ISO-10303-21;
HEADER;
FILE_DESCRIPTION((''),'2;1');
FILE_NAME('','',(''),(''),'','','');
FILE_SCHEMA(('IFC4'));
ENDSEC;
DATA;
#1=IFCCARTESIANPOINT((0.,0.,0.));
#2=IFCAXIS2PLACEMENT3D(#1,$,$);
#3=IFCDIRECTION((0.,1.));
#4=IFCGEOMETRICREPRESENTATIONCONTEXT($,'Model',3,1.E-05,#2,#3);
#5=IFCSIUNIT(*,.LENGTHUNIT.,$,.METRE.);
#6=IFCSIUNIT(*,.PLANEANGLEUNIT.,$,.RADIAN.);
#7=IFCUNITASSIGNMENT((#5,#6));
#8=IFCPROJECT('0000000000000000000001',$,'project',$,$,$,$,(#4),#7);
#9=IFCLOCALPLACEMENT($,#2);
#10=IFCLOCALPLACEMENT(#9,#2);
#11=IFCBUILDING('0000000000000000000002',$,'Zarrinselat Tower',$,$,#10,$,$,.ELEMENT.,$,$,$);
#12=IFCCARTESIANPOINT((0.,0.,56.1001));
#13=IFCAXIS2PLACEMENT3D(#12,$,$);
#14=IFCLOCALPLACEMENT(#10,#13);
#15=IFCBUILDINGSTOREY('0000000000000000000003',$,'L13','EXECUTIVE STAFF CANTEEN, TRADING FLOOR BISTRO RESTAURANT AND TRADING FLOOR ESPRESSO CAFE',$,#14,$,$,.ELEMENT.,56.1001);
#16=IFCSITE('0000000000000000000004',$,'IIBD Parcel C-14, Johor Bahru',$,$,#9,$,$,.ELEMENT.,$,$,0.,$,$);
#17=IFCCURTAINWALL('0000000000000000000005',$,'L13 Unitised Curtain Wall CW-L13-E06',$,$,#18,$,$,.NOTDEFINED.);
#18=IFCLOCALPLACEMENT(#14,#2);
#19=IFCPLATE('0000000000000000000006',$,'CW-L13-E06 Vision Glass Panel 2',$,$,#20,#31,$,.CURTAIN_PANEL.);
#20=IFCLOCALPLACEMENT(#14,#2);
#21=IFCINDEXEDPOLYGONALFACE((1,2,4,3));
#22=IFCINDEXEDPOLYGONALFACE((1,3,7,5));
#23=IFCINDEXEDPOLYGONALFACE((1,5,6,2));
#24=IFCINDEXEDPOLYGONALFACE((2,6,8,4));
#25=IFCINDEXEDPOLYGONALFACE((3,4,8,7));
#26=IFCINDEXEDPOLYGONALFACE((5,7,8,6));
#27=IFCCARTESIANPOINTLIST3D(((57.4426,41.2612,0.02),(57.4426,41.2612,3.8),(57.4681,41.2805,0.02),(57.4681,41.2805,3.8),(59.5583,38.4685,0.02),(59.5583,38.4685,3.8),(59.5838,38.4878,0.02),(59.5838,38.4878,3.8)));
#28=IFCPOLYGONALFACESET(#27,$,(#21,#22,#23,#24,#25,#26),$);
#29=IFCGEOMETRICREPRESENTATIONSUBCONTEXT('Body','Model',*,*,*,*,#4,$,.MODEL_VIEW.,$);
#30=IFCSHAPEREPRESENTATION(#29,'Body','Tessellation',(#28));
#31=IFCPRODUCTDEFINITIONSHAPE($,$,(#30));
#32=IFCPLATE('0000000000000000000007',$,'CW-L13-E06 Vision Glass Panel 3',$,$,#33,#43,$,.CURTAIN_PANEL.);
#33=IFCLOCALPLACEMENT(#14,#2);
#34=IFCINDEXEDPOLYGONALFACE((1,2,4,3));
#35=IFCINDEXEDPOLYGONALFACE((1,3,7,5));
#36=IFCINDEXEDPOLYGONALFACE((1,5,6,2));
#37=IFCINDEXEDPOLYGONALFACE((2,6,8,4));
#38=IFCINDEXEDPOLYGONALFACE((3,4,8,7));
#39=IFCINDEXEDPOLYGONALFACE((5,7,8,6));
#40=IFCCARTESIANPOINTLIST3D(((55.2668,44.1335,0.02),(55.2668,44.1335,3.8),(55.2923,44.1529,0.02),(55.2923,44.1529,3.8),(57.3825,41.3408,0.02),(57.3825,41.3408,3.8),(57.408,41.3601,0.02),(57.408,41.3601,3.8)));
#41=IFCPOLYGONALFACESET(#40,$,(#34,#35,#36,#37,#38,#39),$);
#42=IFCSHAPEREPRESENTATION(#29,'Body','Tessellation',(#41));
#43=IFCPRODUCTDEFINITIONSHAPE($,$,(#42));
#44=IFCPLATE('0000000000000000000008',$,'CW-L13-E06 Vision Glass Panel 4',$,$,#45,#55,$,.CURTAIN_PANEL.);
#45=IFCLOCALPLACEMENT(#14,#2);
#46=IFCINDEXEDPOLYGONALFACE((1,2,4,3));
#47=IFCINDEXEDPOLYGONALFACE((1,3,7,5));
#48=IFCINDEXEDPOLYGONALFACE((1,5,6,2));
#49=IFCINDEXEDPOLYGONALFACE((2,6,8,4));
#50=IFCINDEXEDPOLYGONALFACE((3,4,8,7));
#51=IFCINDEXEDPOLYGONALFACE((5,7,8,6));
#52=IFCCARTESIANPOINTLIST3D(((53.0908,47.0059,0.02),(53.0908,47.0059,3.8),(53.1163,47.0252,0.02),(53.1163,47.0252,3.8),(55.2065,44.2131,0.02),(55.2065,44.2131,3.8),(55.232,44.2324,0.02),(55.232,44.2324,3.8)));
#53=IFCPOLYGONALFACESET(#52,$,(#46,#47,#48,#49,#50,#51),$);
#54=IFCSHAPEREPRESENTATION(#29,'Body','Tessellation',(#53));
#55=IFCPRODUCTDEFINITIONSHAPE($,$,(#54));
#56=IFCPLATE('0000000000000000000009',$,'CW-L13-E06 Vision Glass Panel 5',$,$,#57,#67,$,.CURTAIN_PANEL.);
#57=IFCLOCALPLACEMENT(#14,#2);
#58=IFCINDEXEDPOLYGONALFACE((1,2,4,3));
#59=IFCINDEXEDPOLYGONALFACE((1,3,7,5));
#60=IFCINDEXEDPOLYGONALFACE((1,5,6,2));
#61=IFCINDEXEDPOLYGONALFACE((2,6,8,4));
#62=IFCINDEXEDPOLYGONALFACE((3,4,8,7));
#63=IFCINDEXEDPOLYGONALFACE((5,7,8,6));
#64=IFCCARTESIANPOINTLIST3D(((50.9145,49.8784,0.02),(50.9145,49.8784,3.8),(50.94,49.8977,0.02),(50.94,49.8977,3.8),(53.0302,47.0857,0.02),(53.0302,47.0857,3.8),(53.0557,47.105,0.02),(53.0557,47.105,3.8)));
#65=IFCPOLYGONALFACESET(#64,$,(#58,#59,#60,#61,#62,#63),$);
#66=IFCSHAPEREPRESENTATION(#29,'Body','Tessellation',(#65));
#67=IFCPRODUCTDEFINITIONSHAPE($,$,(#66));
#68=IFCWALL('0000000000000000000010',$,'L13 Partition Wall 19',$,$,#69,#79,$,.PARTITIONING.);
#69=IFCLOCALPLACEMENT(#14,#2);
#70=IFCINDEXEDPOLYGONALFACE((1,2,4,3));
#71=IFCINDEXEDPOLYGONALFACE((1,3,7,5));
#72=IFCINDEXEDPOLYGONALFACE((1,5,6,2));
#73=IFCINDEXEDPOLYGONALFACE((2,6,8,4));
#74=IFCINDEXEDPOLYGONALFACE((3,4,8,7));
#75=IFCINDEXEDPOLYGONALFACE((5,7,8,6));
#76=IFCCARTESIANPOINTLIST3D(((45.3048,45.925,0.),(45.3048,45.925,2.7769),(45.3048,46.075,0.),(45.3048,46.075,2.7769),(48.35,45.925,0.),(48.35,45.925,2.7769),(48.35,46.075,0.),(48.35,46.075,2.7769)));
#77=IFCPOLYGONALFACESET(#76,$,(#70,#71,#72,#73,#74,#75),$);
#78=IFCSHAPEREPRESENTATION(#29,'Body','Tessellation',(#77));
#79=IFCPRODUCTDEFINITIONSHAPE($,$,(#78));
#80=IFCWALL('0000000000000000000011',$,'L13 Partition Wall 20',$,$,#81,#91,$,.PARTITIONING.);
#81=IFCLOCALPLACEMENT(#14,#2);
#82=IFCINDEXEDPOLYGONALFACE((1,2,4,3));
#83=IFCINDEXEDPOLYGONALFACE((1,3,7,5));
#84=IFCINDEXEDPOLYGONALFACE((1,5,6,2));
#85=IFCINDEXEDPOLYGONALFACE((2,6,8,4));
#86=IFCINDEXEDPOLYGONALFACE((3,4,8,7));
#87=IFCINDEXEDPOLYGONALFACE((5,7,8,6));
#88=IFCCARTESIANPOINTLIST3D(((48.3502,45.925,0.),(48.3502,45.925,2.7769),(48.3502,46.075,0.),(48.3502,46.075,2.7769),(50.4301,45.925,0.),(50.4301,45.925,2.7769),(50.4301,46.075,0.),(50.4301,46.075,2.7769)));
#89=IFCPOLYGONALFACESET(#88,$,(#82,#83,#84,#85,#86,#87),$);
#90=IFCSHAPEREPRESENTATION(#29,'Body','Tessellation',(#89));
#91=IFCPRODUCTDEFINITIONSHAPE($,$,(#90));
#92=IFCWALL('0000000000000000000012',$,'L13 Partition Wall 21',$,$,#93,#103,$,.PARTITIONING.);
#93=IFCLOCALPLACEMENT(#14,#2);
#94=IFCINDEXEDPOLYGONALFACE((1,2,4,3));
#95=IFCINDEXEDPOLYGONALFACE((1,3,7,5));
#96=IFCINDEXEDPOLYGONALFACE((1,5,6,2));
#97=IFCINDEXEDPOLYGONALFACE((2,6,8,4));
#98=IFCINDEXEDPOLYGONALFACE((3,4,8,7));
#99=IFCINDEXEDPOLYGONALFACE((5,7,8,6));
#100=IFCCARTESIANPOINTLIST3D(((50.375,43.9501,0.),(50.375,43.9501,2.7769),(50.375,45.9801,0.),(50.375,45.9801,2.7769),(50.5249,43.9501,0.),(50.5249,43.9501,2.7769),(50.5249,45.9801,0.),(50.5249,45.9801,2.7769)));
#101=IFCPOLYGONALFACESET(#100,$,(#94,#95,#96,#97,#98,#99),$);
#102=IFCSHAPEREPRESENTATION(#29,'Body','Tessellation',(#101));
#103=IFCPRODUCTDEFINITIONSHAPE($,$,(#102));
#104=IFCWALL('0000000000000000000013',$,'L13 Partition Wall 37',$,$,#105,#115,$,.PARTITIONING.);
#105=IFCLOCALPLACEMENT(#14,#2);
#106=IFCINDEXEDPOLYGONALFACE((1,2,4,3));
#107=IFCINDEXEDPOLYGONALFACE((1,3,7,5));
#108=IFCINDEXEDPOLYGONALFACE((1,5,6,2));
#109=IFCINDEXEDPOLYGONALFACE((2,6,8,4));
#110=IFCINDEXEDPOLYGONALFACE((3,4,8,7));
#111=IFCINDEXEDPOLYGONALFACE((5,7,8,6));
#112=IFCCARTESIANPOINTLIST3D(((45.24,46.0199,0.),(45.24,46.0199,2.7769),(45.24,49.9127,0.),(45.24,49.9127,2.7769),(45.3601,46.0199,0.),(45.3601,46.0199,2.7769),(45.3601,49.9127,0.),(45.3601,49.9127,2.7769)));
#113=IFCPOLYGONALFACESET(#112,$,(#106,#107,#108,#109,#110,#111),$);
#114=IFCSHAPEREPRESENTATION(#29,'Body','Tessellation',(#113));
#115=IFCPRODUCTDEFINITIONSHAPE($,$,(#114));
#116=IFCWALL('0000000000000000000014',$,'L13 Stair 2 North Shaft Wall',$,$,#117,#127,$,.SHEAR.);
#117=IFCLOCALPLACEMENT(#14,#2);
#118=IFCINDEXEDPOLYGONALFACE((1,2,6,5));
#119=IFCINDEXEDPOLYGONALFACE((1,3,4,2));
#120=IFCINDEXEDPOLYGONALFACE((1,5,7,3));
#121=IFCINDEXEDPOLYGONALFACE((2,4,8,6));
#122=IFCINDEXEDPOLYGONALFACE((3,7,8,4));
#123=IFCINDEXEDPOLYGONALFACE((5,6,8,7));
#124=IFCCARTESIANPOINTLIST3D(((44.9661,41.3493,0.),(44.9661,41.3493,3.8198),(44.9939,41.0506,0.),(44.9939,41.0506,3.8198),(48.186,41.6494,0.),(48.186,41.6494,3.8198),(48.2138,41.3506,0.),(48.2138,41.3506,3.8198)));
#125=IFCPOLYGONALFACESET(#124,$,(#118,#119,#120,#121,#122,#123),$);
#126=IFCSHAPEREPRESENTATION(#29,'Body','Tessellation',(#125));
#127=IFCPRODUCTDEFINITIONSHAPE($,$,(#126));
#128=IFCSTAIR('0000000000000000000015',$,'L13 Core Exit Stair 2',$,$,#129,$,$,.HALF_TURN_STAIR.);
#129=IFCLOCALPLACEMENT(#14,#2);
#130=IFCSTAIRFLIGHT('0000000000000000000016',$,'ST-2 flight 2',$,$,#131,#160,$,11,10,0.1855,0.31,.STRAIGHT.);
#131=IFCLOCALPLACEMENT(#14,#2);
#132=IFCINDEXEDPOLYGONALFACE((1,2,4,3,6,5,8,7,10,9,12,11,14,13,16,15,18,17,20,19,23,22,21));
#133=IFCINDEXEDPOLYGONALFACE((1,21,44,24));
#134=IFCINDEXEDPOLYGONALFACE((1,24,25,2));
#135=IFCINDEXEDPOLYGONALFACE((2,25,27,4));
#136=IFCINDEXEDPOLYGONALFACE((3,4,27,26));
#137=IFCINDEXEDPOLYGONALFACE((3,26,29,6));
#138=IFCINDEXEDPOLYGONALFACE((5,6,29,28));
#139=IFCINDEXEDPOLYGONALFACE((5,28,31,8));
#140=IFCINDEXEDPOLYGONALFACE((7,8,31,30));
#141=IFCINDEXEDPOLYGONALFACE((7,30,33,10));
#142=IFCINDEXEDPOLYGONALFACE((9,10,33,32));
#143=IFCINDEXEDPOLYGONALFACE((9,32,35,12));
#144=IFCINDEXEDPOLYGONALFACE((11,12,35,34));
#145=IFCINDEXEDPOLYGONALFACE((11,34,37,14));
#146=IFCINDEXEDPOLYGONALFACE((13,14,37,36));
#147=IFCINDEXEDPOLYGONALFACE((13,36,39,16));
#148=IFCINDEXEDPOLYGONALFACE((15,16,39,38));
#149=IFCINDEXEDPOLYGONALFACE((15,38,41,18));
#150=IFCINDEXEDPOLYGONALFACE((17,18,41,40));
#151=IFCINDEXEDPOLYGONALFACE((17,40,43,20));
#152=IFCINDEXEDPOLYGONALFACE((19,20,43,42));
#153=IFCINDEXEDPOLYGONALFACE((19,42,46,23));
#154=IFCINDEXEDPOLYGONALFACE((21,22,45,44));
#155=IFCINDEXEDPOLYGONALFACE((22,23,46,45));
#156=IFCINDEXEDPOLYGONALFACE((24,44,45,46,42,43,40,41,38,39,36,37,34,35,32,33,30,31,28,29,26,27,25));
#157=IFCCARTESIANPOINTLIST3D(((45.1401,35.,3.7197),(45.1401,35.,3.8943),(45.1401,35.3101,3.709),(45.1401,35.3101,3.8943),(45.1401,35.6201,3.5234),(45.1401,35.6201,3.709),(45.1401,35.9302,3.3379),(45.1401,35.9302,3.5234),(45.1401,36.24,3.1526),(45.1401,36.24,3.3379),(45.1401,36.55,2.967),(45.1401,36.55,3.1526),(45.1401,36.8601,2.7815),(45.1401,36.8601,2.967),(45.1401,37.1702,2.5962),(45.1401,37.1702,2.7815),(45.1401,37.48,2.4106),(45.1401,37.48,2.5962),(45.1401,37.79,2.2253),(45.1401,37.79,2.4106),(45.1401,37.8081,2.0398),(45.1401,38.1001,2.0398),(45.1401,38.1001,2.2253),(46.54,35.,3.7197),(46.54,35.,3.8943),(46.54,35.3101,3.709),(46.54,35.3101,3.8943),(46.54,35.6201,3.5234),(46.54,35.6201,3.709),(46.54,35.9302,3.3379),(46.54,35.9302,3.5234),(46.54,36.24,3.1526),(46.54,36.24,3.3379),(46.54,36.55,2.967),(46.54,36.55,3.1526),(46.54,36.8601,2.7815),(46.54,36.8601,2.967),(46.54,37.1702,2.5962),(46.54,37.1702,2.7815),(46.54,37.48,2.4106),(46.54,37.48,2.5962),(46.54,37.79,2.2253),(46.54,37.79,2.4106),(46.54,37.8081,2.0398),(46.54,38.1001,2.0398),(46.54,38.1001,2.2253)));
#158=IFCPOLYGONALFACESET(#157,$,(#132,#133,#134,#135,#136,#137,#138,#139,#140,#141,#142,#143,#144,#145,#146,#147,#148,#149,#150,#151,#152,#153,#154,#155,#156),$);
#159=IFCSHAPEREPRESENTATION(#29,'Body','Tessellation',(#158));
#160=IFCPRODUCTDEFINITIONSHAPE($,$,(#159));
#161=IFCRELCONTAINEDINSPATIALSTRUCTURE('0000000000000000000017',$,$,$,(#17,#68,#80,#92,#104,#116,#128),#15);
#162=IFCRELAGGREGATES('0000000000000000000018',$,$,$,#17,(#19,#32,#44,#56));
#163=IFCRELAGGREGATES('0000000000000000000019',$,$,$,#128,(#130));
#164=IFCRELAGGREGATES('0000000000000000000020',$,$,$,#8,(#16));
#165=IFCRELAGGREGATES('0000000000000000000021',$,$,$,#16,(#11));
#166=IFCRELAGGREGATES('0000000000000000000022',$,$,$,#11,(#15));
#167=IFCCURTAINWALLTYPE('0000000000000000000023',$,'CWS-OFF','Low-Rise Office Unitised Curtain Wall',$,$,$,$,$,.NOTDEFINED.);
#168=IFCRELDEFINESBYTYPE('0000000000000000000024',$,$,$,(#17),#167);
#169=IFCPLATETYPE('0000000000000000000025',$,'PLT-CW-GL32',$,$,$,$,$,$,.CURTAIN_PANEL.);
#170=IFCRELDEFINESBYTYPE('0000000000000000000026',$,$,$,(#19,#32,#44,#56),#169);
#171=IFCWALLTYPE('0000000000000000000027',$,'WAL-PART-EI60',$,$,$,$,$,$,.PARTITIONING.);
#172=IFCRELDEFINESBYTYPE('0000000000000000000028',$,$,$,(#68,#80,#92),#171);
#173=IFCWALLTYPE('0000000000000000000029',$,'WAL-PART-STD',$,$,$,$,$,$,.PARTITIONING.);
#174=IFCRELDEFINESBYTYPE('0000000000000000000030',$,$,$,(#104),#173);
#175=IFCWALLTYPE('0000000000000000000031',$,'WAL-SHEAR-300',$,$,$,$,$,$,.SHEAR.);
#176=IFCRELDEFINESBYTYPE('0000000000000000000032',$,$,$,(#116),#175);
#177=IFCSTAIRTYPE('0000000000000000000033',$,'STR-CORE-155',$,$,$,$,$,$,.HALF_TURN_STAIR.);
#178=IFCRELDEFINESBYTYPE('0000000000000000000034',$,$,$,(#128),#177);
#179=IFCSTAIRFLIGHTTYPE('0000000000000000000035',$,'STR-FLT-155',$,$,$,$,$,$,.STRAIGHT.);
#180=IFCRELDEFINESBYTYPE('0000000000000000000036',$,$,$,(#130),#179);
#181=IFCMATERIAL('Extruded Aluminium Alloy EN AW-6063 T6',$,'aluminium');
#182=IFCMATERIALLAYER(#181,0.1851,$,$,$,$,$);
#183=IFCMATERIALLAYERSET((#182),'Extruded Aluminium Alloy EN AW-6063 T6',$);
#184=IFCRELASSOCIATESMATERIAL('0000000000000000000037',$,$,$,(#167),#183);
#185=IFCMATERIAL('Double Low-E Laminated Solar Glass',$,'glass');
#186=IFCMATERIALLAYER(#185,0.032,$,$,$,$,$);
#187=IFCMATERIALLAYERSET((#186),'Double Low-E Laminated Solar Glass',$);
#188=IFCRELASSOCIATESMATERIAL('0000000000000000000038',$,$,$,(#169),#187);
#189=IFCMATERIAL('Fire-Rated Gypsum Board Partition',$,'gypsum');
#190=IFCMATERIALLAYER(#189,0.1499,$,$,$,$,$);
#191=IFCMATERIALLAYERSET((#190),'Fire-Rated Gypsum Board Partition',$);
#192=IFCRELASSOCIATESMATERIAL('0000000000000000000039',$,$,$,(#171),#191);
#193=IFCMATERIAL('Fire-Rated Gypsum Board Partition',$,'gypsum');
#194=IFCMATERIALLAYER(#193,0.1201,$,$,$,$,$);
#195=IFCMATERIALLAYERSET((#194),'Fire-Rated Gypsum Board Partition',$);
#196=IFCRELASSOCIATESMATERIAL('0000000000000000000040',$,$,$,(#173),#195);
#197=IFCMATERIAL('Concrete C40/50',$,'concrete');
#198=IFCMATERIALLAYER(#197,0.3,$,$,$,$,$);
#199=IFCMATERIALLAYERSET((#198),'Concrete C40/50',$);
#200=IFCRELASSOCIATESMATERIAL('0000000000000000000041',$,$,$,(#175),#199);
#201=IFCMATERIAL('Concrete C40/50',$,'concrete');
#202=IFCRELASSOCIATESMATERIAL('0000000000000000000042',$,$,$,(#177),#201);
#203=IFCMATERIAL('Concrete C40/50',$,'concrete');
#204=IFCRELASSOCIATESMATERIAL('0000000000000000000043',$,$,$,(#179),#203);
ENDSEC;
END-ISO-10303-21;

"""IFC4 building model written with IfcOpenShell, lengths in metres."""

from ifc_helpers import new_model, si_unit, direction, frame, frame_2d, origin, origin_2d, place, context, subcontext, project, spatial, polyline, rectangle, outline, extrude, material, layer, layer_set, type_object, element, aggregate, save


model = new_model("IFC4")

# Units and contexts
model_context = context("Model", 3, precision=1e-05, world=origin(), true_north=direction((0.0, 1.0)))
body_context = subcontext(model_context, "Body", "Model", "MODEL_VIEW")
ifc_project = project(units=[si_unit("LENGTHUNIT", "METRE"), si_unit("PLANEANGLEUNIT", "RADIAN")], contexts=[model_context])

# Site, building, storey
site_placement = place(None, origin())
site = spatial("IfcSite", under=ifc_project, at=site_placement, Name="IIBD Parcel C-14, Johor Bahru", CompositionType="ELEMENT", RefElevation=0.0)
building_placement = place(site_placement, origin())
building = spatial("IfcBuilding", under=site, at=building_placement, Name="Zarrinselat Tower", CompositionType="ELEMENT")
storey_placement = place(building_placement, frame((0.0, 0.0, 56.1001)))
storey = spatial("IfcBuildingStorey", under=building, at=storey_placement, Name="L13", Description="EXECUTIVE STAFF CANTEEN, TRADING FLOOR BISTRO RESTAURANT AND TRADING FLOOR ESPRESSO CAFE", CompositionType="ELEMENT", Elevation=56.1001)

# Curtain wall
ifc_material_1 = material(Name="Extruded Aluminium Alloy EN AW-6063 T6", Category="aluminium")
ifc_layer_1 = layer(ifc_material_1, 0.1851)
ifc_layer_set_1 = layer_set([ifc_layer_1], Name="Extruded Aluminium Alloy EN AW-6063 T6")
curtain_wall_type = type_object("IfcCurtainWallType", Name="CWS-OFF", Description="Low-Rise Office Unitised Curtain Wall", PredefinedType="NOTDEFINED", material=ifc_layer_set_1)
curtain_wall_1_placement = place(storey_placement, origin())
curtain_wall_1 = element("IfcCurtainWall", 1, at=curtain_wall_1_placement, inside=storey, type_object=curtain_wall_type, Name="L13 Unitised Curtain Wall CW-L13-E06", PredefinedType="NOTDEFINED")

# Plates
ifc_material_2 = material(Name="Double Low-E Laminated Solar Glass", Category="glass")
ifc_layer_2 = layer(ifc_material_2, 0.032)
ifc_layer_set_2 = layer_set([ifc_layer_2], Name="Double Low-E Laminated Solar Glass")
plate_type = type_object("IfcPlateType", Name="PLT-CW-GL32", PredefinedType="CURTAIN_PANEL", material=ifc_layer_set_2)
plate_1_placement = place(storey_placement, frame((58.5132, 39.8745, 0.02), z_axis=(0.0, 0.0, 1.0), x_axis=(-0.603857, 0.797093, 0.0)))
plate_1 = element("IfcPlate", 2, at=plate_1_placement, type_object=plate_type, Name="CW-L13-E06 Vision Glass Panel 2", PredefinedType="CURTAIN_PANEL", context=body_context, shape_type="SweptSolid", body=[
    extrude(rectangle(XDim=3.5037, YDim=0.032, at=origin_2d()), origin(), (0.0, 0.0, 1.0), 3.78),
])
plate_2_placement = place(storey_placement, frame((56.3374, 42.7468, 0.02), z_axis=(0.0, 0.0, 1.0), x_axis=(-0.603857, 0.797093, 0.0)))
plate_2 = element("IfcPlate", 3, at=plate_2_placement, type_object=plate_type, Name="CW-L13-E06 Vision Glass Panel 3", PredefinedType="CURTAIN_PANEL", context=body_context, shape_type="SweptSolid", body=[
    extrude(rectangle(XDim=3.5037, YDim=0.032, at=origin_2d()), origin(), (0.0, 0.0, 1.0), 3.78),
])
plate_3_placement = place(storey_placement, frame((54.1614, 45.6191, 0.02), z_axis=(0.0, 0.0, 1.0), x_axis=(-0.603857, 0.797093, 0.0)))
plate_3 = element("IfcPlate", 4, at=plate_3_placement, type_object=plate_type, Name="CW-L13-E06 Vision Glass Panel 4", PredefinedType="CURTAIN_PANEL", context=body_context, shape_type="SweptSolid", body=[
    extrude(rectangle(XDim=3.5037, YDim=0.032, at=origin_2d()), origin(), (0.0, 0.0, 1.0), 3.78),
])
plate_4_placement = place(storey_placement, frame((51.9851, 48.4917, 0.02), z_axis=(0.0, 0.0, 1.0), x_axis=(-0.603857, 0.797093, 0.0)))
plate_4 = element("IfcPlate", 5, at=plate_4_placement, type_object=plate_type, Name="CW-L13-E06 Vision Glass Panel 5", PredefinedType="CURTAIN_PANEL", context=body_context, shape_type="SweptSolid", body=[
    extrude(rectangle(XDim=3.5037, YDim=0.032, at=origin_2d()), origin(), (0.0, 0.0, 1.0), 3.78),
])
aggregate(curtain_wall_1, [plate_1, plate_2, plate_3, plate_4])

# Walls
ifc_material_3 = material(Name="Fire-Rated Gypsum Board Partition", Category="gypsum")
ifc_layer_3 = layer(ifc_material_3, 0.1499)
ifc_layer_set_3 = layer_set([ifc_layer_3], Name="Fire-Rated Gypsum Board Partition")
wall_type_1 = type_object("IfcWallType", Name="WAL-PART-EI60", PredefinedType="PARTITIONING", material=ifc_layer_set_3)
wall_1_placement = place(storey_placement, frame((45.3049, 46.0, 0.0), z_axis=(0.0, 0.0, 1.0), x_axis=(1.0, 0.0, 0.0)))
element("IfcWall", 6, at=wall_1_placement, inside=storey, type_object=wall_type_1, Name="L13 Partition Wall 19", PredefinedType="PARTITIONING", context=body_context, shape_type="SweptSolid", body=[
    extrude(rectangle(XDim=3.0452, YDim=0.1499, at=frame_2d((1.5225, 0.0))), origin(), (0.0, 0.0, 1.0), 2.7769),
])
wall_2_placement = place(storey_placement, frame((48.3501, 46.0, 0.0), z_axis=(0.0, 0.0, 1.0), x_axis=(1.0, 0.0, 0.0)))
element("IfcWall", 7, at=wall_2_placement, inside=storey, type_object=wall_type_1, Name="L13 Partition Wall 20", PredefinedType="PARTITIONING", context=body_context, shape_type="SweptSolid", body=[
    extrude(rectangle(XDim=2.0798, YDim=0.1499, at=frame_2d((1.04, 0.0))), origin(), (0.0, 0.0, 1.0), 2.7769),
])
wall_3_placement = place(storey_placement, frame((50.45, 43.95, 0.0), z_axis=(0.0, 0.0, 1.0), x_axis=(0.0, 1.0, 0.0)))
element("IfcWall", 8, at=wall_3_placement, inside=storey, type_object=wall_type_1, Name="L13 Partition Wall 21", PredefinedType="PARTITIONING", context=body_context, shape_type="SweptSolid", body=[
    extrude(rectangle(XDim=2.03, YDim=0.1499, at=frame_2d((1.0151, 0.0))), origin(), (0.0, 0.0, 1.0), 2.7769),
])
ifc_material_4 = material(Name="Fire-Rated Gypsum Board Partition", Category="gypsum")
ifc_layer_4 = layer(ifc_material_4, 0.1201)
ifc_layer_set_4 = layer_set([ifc_layer_4], Name="Fire-Rated Gypsum Board Partition")
wall_type_2 = type_object("IfcWallType", Name="WAL-PART-STD", PredefinedType="PARTITIONING", material=ifc_layer_set_4)
wall_4_placement = place(storey_placement, frame((45.3, 46.02, 0.0), z_axis=(0.0, 0.0, 1.0), x_axis=(0.0, 1.0, 0.0)))
element("IfcWall", 9, at=wall_4_placement, inside=storey, type_object=wall_type_2, Name="L13 Partition Wall 37", PredefinedType="PARTITIONING", context=body_context, shape_type="SweptSolid", body=[
    extrude(rectangle(XDim=3.8928, YDim=0.1201, at=frame_2d((1.9463, 0.0))), origin(), (0.0, 0.0, 1.0), 2.7769),
])
ifc_material_5 = material(Name="Concrete C40/50", Category="concrete")
ifc_layer_5 = layer(ifc_material_5, 0.3)
ifc_layer_set_5 = layer_set([ifc_layer_5], Name="Concrete C40/50")
wall_type_3 = type_object("IfcWallType", Name="WAL-SHEAR-300", PredefinedType="SHEAR", material=ifc_layer_set_5)
wall_5_placement = place(storey_placement, frame((44.98, 41.2, 0.0), z_axis=(0.0, 0.0, 1.0), x_axis=(0.995686, 0.092782, 0.0)))
element("IfcWall", 10, at=wall_5_placement, inside=storey, type_object=wall_type_3, Name="L13 Stair 2 North Shaft Wall", PredefinedType="SHEAR", context=body_context, shape_type="SweptSolid", body=[
    extrude(rectangle(XDim=3.2339, YDim=0.3, at=frame_2d((1.6169, 0.0))), origin(), (0.0, 0.0, 1.0), 3.8198),
])

# Stair, stair flight
ifc_material_6 = material(Name="Concrete C40/50", Category="concrete")
stair_type = type_object("IfcStairType", Name="STR-CORE-155", PredefinedType="HALF_TURN_STAIR", material=ifc_material_6)
stair_placement = place(storey_placement, origin())
stair = element("IfcStair", 11, at=stair_placement, inside=storey, type_object=stair_type, Name="L13 Core Exit Stair 2", PredefinedType="HALF_TURN_STAIR")
ifc_material_7 = material(Name="Concrete C40/50", Category="concrete")
stair_flight_type = type_object("IfcStairFlightType", Name="STR-FLT-155", PredefinedType="STRAIGHT", material=ifc_material_7)
stair_flight_placement = place(storey_placement, frame((45.8401, 38.1001, 2.0398), z_axis=(0.0, 0.0, 1.0), x_axis=(0.0, -1.0, 0.0)))
stair_flight = element("IfcStairFlight", 12, at=stair_flight_placement, type_object=stair_flight_type, Name="ST-2 flight 2", NumberOfRisers=11, NumberOfTreads=10, PredefinedType="STRAIGHT", RiserHeight=0.1855, TreadLength=0.31, context=body_context, shape_type="SweptSolid", body=[
    extrude(outline(polyline([(0.0, 0.0), (0.0, 0.1855), (0.3101, 0.1855), (0.3101, 0.3708), (0.6201, 0.3708), (0.6201, 0.5564), (0.9299, 0.5564), (0.9299, 0.7417), (1.24, 0.7417), (1.24, 0.9272), (1.55, 0.9272), (1.55, 1.1128), (1.8601, 1.1128), (1.8601, 1.2981), (2.1699, 1.2981), (2.1699, 1.4836), (2.48, 1.4836), (2.48, 1.6692), (2.79, 1.6692), (2.79, 1.8545), (3.1001, 1.8545), (3.1001, 2.04), (3.1001, 1.6799), (0.292, 0.0), (0.0, 0.0)])), frame((0.0, 0.7, 0.0), z_axis=(0.0, -1.0, 0.0), x_axis=(1.0, 0.0, 0.0)), (0.0, 0.0, 1.0), 1.3999),
])
aggregate(stair, [stair_flight])

save(model, "model.ifc")
